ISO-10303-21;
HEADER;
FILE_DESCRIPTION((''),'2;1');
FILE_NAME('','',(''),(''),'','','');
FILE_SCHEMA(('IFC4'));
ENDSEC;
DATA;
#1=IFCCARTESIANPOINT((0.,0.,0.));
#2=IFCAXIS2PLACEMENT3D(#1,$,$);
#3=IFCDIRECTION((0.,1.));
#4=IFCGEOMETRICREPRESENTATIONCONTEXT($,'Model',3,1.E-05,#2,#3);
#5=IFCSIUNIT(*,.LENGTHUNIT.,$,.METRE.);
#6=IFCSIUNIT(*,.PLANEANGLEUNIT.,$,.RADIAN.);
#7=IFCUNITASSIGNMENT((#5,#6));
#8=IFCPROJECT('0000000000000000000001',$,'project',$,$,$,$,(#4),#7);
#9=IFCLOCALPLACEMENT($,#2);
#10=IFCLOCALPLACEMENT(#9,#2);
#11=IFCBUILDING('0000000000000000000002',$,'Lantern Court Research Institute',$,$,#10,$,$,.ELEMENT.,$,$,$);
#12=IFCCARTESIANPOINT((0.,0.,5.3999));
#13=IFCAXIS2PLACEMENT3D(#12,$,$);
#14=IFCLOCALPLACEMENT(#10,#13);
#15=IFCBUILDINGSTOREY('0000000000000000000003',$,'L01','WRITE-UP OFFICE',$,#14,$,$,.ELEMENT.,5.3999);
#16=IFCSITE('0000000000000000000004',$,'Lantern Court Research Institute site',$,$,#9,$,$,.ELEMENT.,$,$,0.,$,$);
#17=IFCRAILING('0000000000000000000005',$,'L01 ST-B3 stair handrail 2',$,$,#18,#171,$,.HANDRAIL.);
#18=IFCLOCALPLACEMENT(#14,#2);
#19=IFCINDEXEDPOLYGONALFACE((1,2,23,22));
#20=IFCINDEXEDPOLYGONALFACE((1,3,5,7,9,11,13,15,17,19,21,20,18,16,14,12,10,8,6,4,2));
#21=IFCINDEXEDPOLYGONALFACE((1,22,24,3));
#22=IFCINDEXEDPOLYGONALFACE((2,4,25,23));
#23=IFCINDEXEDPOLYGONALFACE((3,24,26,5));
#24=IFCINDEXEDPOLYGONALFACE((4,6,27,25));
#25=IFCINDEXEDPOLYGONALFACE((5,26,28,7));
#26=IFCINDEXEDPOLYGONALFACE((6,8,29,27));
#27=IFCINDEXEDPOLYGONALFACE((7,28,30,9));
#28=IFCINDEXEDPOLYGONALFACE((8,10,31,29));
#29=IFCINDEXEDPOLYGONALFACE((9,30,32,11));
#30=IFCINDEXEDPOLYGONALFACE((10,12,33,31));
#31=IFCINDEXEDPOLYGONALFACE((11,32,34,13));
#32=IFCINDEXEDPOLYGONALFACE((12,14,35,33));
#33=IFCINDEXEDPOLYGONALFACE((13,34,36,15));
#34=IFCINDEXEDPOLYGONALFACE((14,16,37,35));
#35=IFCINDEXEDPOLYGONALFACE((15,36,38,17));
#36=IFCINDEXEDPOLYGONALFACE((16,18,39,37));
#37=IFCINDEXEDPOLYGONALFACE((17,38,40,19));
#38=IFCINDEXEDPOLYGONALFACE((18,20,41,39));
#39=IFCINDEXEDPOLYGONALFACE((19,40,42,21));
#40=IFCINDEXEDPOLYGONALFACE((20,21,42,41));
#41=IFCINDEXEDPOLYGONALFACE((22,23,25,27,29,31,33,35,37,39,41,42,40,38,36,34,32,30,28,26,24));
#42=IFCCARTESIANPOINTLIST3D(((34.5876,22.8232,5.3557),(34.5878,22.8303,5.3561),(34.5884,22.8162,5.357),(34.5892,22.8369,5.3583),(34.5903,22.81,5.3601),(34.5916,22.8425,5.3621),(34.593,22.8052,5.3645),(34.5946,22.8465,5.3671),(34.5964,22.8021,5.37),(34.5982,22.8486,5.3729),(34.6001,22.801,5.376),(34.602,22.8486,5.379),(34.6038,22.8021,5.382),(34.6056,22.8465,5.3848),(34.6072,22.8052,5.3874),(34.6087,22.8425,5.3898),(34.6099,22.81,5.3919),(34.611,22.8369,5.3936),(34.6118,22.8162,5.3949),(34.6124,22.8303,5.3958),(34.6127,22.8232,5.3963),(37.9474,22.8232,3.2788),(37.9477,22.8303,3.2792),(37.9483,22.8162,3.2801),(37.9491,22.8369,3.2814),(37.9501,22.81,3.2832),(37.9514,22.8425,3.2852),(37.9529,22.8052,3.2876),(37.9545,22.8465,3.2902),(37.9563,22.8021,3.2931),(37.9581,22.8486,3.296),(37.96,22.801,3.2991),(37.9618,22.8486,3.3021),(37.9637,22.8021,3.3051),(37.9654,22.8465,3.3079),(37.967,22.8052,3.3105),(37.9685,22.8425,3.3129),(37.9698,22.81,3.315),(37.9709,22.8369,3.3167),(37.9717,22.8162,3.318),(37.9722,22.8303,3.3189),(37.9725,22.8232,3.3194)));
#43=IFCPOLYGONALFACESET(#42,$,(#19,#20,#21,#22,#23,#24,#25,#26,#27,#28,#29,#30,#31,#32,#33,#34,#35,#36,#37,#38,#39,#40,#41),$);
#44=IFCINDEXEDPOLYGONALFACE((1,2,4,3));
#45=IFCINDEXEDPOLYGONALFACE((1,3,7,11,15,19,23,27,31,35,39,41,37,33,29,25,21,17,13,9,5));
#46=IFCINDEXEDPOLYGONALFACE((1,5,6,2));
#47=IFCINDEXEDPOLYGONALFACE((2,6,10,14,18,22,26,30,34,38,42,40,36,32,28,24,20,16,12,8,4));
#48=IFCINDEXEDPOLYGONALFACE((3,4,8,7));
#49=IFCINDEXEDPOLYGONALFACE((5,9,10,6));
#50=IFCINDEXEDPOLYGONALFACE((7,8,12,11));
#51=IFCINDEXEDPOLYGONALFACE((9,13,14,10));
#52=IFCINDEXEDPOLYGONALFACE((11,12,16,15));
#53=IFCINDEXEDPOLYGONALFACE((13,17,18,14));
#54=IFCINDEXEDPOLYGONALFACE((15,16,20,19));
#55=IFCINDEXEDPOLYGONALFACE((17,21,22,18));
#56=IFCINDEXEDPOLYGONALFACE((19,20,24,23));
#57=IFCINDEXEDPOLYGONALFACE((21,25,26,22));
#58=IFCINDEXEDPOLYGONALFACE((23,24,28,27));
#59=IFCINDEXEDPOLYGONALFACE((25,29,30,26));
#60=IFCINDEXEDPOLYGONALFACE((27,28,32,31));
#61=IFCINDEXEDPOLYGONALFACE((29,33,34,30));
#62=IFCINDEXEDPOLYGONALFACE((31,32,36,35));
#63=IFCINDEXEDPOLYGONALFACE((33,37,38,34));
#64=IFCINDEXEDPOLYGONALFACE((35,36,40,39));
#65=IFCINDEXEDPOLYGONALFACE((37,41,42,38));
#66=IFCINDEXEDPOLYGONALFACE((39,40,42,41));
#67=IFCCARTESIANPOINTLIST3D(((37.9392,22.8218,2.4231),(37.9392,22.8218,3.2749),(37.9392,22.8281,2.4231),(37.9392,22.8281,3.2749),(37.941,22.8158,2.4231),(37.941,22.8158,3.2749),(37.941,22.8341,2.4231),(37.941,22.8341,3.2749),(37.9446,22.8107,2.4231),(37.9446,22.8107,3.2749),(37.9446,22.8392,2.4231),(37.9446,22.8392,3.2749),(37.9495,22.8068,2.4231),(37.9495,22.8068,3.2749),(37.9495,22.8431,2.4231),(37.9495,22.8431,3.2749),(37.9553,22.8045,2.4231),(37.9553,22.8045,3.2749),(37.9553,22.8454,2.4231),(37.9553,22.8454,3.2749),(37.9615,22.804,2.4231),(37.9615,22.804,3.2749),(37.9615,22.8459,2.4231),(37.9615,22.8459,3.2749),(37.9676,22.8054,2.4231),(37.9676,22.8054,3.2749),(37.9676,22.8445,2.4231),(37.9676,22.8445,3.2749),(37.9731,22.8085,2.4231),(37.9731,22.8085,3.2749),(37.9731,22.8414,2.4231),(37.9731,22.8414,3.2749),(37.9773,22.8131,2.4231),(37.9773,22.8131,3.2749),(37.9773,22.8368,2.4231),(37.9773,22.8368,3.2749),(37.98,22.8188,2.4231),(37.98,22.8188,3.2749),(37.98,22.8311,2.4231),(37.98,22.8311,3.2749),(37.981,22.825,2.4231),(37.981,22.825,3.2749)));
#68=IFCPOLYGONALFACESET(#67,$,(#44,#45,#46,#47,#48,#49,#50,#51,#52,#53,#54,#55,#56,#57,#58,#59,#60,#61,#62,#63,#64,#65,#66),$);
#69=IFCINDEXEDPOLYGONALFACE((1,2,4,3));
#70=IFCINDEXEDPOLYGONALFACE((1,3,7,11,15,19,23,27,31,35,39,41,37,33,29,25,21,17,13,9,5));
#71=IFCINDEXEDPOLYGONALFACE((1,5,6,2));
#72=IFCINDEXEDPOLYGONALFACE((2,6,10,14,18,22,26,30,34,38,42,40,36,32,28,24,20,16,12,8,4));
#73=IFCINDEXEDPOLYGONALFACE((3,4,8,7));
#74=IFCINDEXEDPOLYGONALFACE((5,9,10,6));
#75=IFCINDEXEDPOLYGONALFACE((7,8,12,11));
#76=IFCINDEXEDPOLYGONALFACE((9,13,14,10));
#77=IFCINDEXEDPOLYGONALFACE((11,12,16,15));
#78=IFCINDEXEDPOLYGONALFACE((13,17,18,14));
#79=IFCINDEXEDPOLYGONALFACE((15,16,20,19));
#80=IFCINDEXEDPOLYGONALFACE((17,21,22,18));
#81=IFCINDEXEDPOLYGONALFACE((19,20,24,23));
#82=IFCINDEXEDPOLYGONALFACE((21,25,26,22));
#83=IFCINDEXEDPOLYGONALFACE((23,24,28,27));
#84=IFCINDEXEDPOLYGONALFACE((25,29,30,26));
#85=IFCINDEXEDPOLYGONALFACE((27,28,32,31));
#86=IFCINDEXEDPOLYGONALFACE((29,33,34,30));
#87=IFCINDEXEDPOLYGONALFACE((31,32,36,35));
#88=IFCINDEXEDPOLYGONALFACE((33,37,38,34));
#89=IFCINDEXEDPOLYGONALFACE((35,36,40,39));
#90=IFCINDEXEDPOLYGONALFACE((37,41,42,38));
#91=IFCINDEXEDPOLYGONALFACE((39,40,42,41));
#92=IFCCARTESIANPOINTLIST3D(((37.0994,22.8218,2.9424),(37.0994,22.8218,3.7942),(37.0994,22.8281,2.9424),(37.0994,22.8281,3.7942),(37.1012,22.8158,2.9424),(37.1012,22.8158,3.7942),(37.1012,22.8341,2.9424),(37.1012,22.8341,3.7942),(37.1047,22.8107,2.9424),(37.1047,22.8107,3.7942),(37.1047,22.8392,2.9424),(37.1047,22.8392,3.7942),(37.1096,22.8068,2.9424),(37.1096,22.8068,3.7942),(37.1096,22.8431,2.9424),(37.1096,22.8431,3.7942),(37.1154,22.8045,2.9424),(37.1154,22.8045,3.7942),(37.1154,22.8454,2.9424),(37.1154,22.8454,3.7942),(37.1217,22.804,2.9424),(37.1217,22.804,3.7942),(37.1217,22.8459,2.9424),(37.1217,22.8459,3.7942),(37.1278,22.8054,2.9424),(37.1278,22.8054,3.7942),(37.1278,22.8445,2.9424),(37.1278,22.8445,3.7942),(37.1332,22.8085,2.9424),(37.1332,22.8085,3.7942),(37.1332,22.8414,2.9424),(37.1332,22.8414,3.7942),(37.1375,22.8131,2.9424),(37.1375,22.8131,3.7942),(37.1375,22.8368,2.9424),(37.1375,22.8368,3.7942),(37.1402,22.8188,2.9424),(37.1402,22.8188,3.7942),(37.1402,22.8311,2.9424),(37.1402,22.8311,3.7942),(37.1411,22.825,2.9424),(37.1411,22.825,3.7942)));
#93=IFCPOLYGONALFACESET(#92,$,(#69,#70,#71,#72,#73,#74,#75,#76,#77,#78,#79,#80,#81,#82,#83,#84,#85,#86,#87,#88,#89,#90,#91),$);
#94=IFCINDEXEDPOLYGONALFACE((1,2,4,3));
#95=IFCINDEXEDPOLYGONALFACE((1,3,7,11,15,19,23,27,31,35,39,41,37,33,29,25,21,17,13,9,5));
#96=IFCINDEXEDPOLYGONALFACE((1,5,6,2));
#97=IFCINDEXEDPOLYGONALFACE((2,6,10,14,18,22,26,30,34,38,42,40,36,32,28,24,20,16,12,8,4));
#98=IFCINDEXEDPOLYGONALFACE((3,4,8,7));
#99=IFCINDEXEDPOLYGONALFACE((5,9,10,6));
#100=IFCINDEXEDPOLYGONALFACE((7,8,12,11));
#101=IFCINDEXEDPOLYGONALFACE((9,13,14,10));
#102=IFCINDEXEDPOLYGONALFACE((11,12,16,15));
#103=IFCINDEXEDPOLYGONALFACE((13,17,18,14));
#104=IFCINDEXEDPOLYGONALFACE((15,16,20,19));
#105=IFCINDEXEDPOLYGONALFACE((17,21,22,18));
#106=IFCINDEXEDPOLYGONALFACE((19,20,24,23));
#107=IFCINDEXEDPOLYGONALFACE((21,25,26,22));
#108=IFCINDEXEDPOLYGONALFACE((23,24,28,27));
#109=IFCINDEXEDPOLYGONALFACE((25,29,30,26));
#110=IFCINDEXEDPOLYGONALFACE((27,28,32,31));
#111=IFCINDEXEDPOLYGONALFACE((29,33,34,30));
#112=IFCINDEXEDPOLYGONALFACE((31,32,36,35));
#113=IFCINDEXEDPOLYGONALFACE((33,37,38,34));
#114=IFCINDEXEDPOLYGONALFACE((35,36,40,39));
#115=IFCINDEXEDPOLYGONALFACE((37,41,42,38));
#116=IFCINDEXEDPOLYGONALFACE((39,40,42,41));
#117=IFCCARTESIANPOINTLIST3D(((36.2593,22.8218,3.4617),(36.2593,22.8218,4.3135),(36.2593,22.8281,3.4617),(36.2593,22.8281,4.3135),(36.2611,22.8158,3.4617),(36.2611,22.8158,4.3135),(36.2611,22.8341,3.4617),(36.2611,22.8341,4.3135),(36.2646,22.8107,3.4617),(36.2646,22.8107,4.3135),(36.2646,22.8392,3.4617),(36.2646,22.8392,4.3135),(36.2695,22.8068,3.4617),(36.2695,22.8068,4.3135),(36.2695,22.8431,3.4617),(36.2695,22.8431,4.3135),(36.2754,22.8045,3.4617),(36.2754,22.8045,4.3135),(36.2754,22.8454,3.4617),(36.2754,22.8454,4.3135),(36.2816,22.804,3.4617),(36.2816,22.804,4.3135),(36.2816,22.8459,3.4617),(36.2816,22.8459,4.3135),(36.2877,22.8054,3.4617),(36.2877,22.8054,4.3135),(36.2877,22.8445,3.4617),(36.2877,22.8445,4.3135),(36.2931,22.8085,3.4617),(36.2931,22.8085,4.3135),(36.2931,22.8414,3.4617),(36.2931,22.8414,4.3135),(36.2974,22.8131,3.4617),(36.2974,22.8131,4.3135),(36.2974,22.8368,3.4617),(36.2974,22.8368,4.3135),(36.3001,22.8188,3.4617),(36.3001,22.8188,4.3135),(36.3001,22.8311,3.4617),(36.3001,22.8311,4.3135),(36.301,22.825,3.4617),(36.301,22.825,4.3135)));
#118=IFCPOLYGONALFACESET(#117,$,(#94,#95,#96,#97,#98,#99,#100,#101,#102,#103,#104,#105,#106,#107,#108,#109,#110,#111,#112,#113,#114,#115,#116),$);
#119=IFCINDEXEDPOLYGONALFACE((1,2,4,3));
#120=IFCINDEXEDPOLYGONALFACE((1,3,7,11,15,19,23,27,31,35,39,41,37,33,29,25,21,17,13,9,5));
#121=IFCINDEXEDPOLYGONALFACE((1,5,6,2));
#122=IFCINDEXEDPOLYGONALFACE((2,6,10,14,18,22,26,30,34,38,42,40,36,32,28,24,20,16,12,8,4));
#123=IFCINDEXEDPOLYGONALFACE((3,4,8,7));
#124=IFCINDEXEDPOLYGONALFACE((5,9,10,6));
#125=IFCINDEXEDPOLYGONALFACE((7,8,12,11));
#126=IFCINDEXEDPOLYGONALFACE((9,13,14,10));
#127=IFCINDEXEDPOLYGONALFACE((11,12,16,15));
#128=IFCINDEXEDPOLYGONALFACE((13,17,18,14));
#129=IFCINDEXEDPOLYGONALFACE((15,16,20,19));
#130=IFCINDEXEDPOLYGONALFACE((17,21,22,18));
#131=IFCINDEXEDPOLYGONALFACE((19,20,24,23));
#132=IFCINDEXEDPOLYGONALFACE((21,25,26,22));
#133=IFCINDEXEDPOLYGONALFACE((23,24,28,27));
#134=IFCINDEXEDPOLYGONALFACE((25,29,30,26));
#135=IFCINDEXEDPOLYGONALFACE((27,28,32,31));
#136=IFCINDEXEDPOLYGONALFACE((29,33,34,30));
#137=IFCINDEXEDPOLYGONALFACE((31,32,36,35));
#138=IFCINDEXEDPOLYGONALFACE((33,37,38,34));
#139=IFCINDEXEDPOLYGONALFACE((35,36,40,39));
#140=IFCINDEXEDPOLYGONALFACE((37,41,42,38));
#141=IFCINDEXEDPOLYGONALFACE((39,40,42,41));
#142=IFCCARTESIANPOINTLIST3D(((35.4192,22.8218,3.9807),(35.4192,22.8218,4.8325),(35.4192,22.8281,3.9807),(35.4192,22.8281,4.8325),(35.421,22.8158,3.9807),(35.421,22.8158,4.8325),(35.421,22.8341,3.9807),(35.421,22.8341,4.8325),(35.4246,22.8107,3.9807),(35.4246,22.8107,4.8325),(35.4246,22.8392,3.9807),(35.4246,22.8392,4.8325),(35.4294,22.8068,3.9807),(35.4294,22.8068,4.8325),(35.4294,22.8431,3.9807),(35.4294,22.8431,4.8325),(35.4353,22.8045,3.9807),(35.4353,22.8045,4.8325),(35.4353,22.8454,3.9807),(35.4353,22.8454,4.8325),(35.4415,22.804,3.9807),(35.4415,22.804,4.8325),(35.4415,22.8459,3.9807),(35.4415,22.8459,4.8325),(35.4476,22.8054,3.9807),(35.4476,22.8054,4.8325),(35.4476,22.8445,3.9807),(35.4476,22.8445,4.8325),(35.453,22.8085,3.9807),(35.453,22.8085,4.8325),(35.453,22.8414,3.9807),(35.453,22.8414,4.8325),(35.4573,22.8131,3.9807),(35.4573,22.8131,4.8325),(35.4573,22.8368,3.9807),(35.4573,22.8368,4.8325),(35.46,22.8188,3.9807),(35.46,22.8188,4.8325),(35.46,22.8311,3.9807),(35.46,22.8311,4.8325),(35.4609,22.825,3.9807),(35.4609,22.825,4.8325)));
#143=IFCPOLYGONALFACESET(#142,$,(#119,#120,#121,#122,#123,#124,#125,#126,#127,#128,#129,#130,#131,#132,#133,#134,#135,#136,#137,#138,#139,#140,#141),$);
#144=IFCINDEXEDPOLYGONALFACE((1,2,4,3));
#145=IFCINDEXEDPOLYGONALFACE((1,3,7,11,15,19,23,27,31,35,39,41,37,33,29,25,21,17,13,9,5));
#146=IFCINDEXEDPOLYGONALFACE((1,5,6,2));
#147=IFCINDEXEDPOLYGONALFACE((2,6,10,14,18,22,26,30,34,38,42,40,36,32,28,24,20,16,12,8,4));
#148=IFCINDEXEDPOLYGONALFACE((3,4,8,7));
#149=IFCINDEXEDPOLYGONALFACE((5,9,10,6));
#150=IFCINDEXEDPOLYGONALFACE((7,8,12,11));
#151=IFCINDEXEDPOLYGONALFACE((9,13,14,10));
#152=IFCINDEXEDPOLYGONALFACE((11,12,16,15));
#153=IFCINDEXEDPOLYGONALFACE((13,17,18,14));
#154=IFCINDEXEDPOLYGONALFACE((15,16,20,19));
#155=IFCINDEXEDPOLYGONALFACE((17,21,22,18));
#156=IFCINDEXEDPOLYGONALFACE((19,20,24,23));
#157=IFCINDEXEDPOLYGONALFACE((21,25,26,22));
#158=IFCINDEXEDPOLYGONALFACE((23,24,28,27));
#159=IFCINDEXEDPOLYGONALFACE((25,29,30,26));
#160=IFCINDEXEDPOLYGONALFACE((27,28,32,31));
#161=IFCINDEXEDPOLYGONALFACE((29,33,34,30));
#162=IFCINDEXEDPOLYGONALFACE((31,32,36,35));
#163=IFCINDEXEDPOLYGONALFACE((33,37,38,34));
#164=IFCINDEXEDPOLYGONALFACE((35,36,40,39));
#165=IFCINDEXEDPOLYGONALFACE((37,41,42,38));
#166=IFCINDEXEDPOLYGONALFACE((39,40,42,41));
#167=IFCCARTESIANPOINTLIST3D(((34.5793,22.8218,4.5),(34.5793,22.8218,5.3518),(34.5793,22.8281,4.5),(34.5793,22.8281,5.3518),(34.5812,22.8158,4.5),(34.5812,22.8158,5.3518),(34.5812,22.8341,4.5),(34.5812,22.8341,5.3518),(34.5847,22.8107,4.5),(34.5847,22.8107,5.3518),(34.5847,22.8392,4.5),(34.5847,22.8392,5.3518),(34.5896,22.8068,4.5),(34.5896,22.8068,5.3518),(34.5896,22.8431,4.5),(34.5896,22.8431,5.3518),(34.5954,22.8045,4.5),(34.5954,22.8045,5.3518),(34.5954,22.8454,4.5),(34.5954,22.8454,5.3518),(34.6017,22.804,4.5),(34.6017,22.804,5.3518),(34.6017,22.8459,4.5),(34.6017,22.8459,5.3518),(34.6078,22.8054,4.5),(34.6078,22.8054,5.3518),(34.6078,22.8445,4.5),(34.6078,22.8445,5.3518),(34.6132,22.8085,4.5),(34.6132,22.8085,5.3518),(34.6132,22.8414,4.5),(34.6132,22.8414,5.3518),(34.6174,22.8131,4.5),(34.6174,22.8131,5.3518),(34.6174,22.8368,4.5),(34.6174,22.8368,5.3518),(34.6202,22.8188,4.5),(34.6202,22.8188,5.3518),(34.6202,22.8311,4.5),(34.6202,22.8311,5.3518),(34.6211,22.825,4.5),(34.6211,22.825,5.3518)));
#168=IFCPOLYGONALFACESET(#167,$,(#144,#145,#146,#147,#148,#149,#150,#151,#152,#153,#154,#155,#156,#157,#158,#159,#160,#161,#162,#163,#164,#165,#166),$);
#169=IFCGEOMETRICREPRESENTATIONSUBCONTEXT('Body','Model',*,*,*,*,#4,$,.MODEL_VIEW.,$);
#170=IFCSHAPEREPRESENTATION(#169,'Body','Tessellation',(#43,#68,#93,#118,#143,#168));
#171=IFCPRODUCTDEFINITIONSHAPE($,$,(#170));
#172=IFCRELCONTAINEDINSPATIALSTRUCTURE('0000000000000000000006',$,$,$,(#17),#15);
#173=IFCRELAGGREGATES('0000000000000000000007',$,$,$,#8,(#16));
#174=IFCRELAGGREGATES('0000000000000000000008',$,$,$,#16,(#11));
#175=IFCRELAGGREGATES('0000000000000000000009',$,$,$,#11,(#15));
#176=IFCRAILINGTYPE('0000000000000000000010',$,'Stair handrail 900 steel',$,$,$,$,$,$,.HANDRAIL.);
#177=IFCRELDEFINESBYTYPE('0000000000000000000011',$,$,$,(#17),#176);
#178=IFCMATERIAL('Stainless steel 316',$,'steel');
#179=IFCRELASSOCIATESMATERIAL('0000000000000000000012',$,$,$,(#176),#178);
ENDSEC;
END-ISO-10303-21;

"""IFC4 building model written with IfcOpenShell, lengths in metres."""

from ifc_helpers import new_model, si_unit, direction, frame, origin, origin_2d, place, context, subcontext, project, spatial, circle, extrude, material, type_object, element, save


model = new_model("IFC4")

# Units and contexts
model_context = context("Model", 3, precision=1e-05, world=origin(), true_north=direction((0.0, 1.0)))
body_context = subcontext(model_context, "Body", "Model", "MODEL_VIEW")
ifc_project = project(units=[si_unit("LENGTHUNIT", "METRE"), si_unit("PLANEANGLEUNIT", "RADIAN")], contexts=[model_context])

# Site, building, storey
site_placement = place(None, origin())
site = spatial("IfcSite", under=ifc_project, at=site_placement, Name="Lantern Court Research Institute site", CompositionType="ELEMENT", RefElevation=0.0)
building_placement = place(site_placement, origin())
building = spatial("IfcBuilding", under=site, at=building_placement, Name="Lantern Court Research Institute", CompositionType="ELEMENT")
storey_placement = place(building_placement, frame((0.0, 0.0, 5.3999)))
storey = spatial("IfcBuildingStorey", under=building, at=storey_placement, Name="L01", Description="WRITE-UP OFFICE", CompositionType="ELEMENT", Elevation=5.3999)

# Railing
ifc_material_1 = material(Name="Stainless steel 316", Category="steel")
railing_type_1 = type_object("IfcRailingType", Name="Stair handrail 900 steel", PredefinedType="HANDRAIL", material=ifc_material_1)
railing_1_placement = place(storey_placement, frame((37.96, 22.825, 2.4231)))
element("IfcRailing", 1, at=railing_1_placement, inside=storey, type_object=railing_type_1, Name="L01 ST-B3 stair handrail 2", PredefinedType="HANDRAIL", context=body_context, shape_type="SweptSolid", body=[
    extrude(circle(Radius=0.0239, at=origin_2d()), frame((0.0, 0.0, 0.876), z_axis=(-0.850606, 0.0, 0.525803), x_axis=(0.0, -1.0, 0.0)), (0.0, 0.0, 1.0), 3.95),
    extrude(circle(Radius=0.021, at=origin_2d()), origin(), (0.0, 0.0, 1.0), 0.8518),
    extrude(circle(Radius=0.021, at=origin_2d()), frame((-0.8398, 0.0, 0.5193)), (0.0, 0.0, 1.0), 0.8518),
    extrude(circle(Radius=0.021, at=origin_2d()), frame((-1.6799, 0.0, 1.0386)), (0.0, 0.0, 1.0), 0.8518),
    extrude(circle(Radius=0.021, at=origin_2d()), frame((-2.52, 0.0, 1.5576)), (0.0, 0.0, 1.0), 0.8518),
    extrude(circle(Radius=0.021, at=origin_2d()), frame((-3.3599, 0.0, 2.0769)), (0.0, 0.0, 1.0), 0.8518),
])

save(model, "model.ifc")
